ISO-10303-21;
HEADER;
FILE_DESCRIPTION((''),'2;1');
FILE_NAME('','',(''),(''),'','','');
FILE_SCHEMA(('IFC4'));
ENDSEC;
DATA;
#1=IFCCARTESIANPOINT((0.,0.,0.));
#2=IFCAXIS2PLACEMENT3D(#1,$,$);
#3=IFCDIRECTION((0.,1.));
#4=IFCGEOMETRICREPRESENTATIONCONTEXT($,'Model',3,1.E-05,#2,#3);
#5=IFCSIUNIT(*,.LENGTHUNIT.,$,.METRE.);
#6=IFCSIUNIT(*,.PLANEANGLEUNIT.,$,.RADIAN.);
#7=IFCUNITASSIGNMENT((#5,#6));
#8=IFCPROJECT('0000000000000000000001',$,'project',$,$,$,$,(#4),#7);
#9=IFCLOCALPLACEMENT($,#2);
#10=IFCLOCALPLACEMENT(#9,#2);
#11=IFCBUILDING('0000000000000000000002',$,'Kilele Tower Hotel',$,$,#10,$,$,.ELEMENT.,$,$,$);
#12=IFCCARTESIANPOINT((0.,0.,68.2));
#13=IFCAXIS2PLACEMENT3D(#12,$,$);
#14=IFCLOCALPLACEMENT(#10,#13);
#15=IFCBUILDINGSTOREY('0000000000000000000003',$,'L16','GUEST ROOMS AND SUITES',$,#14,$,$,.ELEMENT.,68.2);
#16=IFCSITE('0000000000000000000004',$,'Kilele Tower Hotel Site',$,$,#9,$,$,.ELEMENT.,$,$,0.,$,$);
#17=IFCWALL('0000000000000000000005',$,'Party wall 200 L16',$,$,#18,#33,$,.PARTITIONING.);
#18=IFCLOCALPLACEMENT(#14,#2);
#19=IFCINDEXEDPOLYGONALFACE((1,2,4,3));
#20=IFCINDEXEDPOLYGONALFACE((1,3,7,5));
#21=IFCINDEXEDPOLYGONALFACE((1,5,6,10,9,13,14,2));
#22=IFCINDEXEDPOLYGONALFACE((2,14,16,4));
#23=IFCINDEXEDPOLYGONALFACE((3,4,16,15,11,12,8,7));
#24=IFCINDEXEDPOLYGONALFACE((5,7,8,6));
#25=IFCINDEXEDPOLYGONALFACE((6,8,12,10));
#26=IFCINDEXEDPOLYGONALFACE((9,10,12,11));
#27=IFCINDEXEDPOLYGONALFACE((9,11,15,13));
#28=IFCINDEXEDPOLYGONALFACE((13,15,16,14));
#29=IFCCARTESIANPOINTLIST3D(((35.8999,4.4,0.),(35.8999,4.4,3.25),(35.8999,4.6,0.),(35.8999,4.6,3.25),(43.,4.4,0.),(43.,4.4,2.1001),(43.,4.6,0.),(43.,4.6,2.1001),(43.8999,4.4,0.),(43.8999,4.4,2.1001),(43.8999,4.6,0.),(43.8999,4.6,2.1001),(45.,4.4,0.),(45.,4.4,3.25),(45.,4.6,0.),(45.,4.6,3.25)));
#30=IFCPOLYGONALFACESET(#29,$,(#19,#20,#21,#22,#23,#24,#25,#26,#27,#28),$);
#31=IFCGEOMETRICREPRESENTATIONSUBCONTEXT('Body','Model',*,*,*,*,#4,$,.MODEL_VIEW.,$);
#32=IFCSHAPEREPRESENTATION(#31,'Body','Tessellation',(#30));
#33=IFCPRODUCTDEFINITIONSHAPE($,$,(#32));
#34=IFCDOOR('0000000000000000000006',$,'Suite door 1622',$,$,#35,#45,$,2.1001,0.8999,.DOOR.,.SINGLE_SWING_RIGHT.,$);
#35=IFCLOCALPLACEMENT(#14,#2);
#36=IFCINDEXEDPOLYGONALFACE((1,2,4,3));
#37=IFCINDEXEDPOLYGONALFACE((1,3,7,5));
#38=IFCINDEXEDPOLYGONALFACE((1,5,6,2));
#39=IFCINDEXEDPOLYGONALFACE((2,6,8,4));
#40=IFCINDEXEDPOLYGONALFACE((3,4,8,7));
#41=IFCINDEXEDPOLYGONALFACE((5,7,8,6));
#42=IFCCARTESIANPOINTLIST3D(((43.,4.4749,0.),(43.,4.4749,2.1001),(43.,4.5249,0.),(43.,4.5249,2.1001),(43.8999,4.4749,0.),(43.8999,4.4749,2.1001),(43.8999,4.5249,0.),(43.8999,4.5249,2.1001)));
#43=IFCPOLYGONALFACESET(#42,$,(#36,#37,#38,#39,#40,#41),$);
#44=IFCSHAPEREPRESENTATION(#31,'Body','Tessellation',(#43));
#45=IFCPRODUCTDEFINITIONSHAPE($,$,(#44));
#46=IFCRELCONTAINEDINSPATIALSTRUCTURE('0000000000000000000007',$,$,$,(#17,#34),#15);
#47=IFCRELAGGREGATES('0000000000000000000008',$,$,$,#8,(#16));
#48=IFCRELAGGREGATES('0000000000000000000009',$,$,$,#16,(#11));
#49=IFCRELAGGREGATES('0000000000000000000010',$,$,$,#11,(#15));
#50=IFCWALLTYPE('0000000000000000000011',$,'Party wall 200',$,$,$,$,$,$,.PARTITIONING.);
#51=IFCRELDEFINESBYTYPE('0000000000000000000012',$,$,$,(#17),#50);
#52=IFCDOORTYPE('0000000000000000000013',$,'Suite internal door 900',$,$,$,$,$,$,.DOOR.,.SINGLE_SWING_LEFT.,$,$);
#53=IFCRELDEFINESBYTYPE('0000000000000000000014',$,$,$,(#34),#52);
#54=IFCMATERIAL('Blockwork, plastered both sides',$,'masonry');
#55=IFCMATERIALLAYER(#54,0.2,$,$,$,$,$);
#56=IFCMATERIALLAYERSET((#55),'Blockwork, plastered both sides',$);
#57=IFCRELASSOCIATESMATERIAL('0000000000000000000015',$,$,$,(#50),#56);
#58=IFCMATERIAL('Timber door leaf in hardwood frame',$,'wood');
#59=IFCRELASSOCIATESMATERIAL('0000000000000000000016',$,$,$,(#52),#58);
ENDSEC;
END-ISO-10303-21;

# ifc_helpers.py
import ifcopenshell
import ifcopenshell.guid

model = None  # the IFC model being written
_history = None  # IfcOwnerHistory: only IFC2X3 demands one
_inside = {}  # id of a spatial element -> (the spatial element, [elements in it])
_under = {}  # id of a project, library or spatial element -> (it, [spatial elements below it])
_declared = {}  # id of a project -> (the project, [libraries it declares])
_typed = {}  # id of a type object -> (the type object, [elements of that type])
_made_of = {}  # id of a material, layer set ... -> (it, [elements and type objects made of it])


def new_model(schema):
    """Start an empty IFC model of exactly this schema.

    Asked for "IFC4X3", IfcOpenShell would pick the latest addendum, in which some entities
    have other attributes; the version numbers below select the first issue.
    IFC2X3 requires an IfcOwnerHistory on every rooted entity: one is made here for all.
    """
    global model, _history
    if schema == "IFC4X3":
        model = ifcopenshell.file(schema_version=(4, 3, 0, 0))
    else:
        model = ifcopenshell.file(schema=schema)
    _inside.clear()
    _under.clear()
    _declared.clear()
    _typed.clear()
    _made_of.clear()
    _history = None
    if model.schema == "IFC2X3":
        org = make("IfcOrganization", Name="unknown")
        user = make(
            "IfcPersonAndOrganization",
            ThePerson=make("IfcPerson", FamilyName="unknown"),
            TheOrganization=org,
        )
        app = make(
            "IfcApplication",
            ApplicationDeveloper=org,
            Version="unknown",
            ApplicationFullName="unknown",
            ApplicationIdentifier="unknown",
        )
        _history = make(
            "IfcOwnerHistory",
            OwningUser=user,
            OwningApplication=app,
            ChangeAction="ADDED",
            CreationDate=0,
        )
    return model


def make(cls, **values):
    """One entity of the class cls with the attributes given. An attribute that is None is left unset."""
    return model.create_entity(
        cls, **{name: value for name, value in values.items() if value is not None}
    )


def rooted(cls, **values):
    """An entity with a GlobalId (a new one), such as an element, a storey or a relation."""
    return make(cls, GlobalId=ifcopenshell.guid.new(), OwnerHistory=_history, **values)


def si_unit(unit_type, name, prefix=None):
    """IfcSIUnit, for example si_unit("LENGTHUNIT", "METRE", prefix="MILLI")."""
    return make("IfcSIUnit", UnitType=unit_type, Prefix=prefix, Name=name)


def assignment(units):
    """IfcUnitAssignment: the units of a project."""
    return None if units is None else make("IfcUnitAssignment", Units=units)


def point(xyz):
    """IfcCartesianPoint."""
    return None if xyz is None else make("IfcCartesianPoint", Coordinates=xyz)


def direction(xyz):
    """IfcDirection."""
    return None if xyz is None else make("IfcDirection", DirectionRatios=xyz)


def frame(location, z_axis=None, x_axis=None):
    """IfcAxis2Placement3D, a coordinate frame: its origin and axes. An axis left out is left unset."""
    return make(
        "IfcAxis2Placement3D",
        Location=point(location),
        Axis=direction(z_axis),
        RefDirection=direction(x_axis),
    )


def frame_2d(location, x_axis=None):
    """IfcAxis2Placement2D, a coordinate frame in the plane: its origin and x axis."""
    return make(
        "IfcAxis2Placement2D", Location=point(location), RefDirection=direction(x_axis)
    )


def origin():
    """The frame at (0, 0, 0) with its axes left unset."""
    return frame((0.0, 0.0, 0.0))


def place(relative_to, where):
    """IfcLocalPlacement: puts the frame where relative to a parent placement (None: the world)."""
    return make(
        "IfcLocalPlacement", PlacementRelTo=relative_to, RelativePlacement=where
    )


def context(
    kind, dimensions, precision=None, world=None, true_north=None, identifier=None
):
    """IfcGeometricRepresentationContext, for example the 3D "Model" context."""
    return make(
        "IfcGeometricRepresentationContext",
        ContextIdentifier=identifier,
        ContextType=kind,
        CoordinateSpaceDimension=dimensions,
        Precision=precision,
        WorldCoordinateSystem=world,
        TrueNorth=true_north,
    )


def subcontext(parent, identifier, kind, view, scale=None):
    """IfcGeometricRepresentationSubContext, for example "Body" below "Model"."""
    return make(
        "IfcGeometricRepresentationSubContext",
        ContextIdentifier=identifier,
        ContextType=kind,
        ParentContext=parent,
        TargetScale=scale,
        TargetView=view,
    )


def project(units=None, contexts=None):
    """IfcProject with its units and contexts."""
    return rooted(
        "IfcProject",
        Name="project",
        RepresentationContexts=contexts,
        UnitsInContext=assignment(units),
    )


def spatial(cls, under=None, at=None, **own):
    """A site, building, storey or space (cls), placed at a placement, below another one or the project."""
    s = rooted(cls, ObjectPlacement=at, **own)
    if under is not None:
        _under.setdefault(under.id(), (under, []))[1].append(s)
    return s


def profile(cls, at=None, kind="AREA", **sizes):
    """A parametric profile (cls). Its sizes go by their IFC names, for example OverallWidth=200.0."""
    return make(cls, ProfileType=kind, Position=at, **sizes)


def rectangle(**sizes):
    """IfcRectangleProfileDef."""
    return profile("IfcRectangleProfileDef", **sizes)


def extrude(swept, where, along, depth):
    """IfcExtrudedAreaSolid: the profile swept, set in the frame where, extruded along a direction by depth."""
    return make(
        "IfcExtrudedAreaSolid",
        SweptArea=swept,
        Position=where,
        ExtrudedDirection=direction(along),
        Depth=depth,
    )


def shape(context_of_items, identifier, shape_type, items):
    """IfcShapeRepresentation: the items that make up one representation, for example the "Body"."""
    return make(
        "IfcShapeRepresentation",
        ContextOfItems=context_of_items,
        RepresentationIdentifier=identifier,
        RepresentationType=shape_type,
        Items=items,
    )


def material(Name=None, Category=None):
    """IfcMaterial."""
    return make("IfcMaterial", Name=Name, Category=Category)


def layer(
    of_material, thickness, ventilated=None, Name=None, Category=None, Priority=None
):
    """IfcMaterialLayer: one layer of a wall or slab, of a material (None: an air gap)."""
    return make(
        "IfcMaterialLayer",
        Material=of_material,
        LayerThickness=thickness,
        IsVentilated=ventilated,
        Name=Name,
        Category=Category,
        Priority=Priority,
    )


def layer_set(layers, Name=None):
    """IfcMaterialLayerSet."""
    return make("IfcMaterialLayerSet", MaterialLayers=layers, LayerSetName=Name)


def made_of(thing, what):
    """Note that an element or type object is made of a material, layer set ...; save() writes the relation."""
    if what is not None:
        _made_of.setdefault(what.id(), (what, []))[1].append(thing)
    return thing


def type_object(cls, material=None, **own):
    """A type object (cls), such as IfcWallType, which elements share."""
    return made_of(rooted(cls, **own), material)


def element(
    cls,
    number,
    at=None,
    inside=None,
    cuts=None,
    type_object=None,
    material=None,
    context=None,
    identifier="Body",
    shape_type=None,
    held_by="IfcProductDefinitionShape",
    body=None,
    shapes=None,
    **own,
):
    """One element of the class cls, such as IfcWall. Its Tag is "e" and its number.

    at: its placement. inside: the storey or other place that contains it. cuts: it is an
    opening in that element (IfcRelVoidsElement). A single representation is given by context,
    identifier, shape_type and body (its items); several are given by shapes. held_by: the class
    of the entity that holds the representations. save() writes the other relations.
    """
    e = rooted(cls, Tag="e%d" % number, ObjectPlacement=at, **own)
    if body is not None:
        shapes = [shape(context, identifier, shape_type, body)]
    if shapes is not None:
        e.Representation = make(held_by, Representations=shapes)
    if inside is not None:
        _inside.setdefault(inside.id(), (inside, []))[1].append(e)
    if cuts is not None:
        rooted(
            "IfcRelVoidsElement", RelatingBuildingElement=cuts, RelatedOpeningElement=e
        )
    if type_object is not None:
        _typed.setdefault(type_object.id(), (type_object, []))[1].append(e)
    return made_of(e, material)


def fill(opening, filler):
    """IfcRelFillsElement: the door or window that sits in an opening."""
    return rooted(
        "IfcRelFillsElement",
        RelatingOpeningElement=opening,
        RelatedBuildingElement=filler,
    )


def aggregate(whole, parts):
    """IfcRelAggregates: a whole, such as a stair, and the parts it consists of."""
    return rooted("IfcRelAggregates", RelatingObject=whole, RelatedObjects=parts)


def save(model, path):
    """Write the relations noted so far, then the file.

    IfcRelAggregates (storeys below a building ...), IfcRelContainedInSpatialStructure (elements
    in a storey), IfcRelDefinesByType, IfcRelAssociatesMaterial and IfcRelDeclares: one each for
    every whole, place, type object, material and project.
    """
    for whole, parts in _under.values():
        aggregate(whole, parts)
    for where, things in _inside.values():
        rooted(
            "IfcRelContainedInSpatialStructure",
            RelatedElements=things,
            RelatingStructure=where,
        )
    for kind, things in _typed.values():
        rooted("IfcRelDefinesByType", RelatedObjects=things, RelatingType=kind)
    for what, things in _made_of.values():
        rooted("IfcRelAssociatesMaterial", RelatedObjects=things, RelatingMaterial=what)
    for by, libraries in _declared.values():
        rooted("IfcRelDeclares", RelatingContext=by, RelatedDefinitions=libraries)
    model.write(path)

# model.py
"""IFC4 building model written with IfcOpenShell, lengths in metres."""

from ifc_helpers import new_model, si_unit, direction, frame, frame_2d, origin, place, context, subcontext, project, spatial, rectangle, extrude, material, layer, layer_set, type_object, element, fill, save


model = new_model("IFC4")

# Units and contexts
model_context = context("Model", 3, precision=1e-05, world=origin(), true_north=direction((0.0, 1.0)))
body_context = subcontext(model_context, "Body", "Model", "MODEL_VIEW")
ifc_project = project(units=[si_unit("LENGTHUNIT", "METRE"), si_unit("PLANEANGLEUNIT", "RADIAN")], contexts=[model_context])

# Site, building, storey
site_placement = place(None, origin())
site = spatial("IfcSite", under=ifc_project, at=site_placement, Name="Kilele Tower Hotel Site", CompositionType="ELEMENT", RefElevation=0.0)
building_placement = place(site_placement, origin())
building = spatial("IfcBuilding", under=site, at=building_placement, Name="Kilele Tower Hotel", CompositionType="ELEMENT")
storey_placement = place(building_placement, frame((0.0, 0.0, 68.2)))
storey = spatial("IfcBuildingStorey", under=building, at=storey_placement, Name="L16", Description="GUEST ROOMS AND SUITES", CompositionType="ELEMENT", Elevation=68.2)

# Wall, opening, door
ifc_material_1 = material(Name="Blockwork, plastered both sides", Category="masonry")
ifc_layer_1 = layer(ifc_material_1, 0.2)
ifc_layer_set_1 = layer_set([ifc_layer_1], Name="Blockwork, plastered both sides")
wall_type_1 = type_object("IfcWallType", Name="Party wall 200", PredefinedType="PARTITIONING", material=ifc_layer_set_1)
wall_1_placement = place(storey_placement, frame((35.8999, 4.5, 0.0), z_axis=(0.0, 0.0, 1.0), x_axis=(1.0, 0.0, 0.0)))
wall_1 = element("IfcWall", 1, at=wall_1_placement, inside=storey, type_object=wall_type_1, Name="Party wall 200 L16", PredefinedType="PARTITIONING", context=body_context, shape_type="SweptSolid", body=[
    extrude(rectangle(XDim=9.1001, YDim=0.2, at=frame_2d((4.55, 0.0))), origin(), (0.0, 0.0, 1.0), 3.25),
])
opening_1_placement = place(wall_1_placement, frame((7.1001, 0.0, 0.0)))
opening_1 = element("IfcOpeningElement", 2, at=opening_1_placement, cuts=wall_1, PredefinedType="OPENING", context=body_context, shape_type="SweptSolid", body=[
    extrude(rectangle(XDim=0.8999, YDim=2.1001, at=frame_2d((0.45, 1.05))), frame((0.0, 0.1099, 0.0), z_axis=(0.0, -1.0, 0.0), x_axis=(1.0, 0.0, 0.0)), (0.0, 0.0, 1.0), 0.22),
])
ifc_material_2 = material(Name="Timber door leaf in hardwood frame", Category="wood")
door_type_1 = type_object("IfcDoorType", Name="Suite internal door 900", OperationType="SINGLE_SWING_LEFT", PredefinedType="DOOR", material=ifc_material_2)
door_1_placement = place(opening_1_placement, origin())
door_1 = element("IfcDoor", 3, at=door_1_placement, inside=storey, type_object=door_type_1, Name="Suite door 1622", OperationType="SINGLE_SWING_RIGHT", OverallHeight=2.1001, OverallWidth=0.8999, PredefinedType="DOOR", context=body_context, shape_type="SweptSolid", body=[
    extrude(rectangle(XDim=0.8999, YDim=2.1001, at=frame_2d((0.45, 1.05))), frame((0.0, 0.0249, 0.0), z_axis=(0.0, -1.0, 0.0), x_axis=(1.0, 0.0, 0.0)), (0.0, 0.0, 1.0), 0.05),
])
fill(opening_1, door_1)

save(model, "model.ifc")
